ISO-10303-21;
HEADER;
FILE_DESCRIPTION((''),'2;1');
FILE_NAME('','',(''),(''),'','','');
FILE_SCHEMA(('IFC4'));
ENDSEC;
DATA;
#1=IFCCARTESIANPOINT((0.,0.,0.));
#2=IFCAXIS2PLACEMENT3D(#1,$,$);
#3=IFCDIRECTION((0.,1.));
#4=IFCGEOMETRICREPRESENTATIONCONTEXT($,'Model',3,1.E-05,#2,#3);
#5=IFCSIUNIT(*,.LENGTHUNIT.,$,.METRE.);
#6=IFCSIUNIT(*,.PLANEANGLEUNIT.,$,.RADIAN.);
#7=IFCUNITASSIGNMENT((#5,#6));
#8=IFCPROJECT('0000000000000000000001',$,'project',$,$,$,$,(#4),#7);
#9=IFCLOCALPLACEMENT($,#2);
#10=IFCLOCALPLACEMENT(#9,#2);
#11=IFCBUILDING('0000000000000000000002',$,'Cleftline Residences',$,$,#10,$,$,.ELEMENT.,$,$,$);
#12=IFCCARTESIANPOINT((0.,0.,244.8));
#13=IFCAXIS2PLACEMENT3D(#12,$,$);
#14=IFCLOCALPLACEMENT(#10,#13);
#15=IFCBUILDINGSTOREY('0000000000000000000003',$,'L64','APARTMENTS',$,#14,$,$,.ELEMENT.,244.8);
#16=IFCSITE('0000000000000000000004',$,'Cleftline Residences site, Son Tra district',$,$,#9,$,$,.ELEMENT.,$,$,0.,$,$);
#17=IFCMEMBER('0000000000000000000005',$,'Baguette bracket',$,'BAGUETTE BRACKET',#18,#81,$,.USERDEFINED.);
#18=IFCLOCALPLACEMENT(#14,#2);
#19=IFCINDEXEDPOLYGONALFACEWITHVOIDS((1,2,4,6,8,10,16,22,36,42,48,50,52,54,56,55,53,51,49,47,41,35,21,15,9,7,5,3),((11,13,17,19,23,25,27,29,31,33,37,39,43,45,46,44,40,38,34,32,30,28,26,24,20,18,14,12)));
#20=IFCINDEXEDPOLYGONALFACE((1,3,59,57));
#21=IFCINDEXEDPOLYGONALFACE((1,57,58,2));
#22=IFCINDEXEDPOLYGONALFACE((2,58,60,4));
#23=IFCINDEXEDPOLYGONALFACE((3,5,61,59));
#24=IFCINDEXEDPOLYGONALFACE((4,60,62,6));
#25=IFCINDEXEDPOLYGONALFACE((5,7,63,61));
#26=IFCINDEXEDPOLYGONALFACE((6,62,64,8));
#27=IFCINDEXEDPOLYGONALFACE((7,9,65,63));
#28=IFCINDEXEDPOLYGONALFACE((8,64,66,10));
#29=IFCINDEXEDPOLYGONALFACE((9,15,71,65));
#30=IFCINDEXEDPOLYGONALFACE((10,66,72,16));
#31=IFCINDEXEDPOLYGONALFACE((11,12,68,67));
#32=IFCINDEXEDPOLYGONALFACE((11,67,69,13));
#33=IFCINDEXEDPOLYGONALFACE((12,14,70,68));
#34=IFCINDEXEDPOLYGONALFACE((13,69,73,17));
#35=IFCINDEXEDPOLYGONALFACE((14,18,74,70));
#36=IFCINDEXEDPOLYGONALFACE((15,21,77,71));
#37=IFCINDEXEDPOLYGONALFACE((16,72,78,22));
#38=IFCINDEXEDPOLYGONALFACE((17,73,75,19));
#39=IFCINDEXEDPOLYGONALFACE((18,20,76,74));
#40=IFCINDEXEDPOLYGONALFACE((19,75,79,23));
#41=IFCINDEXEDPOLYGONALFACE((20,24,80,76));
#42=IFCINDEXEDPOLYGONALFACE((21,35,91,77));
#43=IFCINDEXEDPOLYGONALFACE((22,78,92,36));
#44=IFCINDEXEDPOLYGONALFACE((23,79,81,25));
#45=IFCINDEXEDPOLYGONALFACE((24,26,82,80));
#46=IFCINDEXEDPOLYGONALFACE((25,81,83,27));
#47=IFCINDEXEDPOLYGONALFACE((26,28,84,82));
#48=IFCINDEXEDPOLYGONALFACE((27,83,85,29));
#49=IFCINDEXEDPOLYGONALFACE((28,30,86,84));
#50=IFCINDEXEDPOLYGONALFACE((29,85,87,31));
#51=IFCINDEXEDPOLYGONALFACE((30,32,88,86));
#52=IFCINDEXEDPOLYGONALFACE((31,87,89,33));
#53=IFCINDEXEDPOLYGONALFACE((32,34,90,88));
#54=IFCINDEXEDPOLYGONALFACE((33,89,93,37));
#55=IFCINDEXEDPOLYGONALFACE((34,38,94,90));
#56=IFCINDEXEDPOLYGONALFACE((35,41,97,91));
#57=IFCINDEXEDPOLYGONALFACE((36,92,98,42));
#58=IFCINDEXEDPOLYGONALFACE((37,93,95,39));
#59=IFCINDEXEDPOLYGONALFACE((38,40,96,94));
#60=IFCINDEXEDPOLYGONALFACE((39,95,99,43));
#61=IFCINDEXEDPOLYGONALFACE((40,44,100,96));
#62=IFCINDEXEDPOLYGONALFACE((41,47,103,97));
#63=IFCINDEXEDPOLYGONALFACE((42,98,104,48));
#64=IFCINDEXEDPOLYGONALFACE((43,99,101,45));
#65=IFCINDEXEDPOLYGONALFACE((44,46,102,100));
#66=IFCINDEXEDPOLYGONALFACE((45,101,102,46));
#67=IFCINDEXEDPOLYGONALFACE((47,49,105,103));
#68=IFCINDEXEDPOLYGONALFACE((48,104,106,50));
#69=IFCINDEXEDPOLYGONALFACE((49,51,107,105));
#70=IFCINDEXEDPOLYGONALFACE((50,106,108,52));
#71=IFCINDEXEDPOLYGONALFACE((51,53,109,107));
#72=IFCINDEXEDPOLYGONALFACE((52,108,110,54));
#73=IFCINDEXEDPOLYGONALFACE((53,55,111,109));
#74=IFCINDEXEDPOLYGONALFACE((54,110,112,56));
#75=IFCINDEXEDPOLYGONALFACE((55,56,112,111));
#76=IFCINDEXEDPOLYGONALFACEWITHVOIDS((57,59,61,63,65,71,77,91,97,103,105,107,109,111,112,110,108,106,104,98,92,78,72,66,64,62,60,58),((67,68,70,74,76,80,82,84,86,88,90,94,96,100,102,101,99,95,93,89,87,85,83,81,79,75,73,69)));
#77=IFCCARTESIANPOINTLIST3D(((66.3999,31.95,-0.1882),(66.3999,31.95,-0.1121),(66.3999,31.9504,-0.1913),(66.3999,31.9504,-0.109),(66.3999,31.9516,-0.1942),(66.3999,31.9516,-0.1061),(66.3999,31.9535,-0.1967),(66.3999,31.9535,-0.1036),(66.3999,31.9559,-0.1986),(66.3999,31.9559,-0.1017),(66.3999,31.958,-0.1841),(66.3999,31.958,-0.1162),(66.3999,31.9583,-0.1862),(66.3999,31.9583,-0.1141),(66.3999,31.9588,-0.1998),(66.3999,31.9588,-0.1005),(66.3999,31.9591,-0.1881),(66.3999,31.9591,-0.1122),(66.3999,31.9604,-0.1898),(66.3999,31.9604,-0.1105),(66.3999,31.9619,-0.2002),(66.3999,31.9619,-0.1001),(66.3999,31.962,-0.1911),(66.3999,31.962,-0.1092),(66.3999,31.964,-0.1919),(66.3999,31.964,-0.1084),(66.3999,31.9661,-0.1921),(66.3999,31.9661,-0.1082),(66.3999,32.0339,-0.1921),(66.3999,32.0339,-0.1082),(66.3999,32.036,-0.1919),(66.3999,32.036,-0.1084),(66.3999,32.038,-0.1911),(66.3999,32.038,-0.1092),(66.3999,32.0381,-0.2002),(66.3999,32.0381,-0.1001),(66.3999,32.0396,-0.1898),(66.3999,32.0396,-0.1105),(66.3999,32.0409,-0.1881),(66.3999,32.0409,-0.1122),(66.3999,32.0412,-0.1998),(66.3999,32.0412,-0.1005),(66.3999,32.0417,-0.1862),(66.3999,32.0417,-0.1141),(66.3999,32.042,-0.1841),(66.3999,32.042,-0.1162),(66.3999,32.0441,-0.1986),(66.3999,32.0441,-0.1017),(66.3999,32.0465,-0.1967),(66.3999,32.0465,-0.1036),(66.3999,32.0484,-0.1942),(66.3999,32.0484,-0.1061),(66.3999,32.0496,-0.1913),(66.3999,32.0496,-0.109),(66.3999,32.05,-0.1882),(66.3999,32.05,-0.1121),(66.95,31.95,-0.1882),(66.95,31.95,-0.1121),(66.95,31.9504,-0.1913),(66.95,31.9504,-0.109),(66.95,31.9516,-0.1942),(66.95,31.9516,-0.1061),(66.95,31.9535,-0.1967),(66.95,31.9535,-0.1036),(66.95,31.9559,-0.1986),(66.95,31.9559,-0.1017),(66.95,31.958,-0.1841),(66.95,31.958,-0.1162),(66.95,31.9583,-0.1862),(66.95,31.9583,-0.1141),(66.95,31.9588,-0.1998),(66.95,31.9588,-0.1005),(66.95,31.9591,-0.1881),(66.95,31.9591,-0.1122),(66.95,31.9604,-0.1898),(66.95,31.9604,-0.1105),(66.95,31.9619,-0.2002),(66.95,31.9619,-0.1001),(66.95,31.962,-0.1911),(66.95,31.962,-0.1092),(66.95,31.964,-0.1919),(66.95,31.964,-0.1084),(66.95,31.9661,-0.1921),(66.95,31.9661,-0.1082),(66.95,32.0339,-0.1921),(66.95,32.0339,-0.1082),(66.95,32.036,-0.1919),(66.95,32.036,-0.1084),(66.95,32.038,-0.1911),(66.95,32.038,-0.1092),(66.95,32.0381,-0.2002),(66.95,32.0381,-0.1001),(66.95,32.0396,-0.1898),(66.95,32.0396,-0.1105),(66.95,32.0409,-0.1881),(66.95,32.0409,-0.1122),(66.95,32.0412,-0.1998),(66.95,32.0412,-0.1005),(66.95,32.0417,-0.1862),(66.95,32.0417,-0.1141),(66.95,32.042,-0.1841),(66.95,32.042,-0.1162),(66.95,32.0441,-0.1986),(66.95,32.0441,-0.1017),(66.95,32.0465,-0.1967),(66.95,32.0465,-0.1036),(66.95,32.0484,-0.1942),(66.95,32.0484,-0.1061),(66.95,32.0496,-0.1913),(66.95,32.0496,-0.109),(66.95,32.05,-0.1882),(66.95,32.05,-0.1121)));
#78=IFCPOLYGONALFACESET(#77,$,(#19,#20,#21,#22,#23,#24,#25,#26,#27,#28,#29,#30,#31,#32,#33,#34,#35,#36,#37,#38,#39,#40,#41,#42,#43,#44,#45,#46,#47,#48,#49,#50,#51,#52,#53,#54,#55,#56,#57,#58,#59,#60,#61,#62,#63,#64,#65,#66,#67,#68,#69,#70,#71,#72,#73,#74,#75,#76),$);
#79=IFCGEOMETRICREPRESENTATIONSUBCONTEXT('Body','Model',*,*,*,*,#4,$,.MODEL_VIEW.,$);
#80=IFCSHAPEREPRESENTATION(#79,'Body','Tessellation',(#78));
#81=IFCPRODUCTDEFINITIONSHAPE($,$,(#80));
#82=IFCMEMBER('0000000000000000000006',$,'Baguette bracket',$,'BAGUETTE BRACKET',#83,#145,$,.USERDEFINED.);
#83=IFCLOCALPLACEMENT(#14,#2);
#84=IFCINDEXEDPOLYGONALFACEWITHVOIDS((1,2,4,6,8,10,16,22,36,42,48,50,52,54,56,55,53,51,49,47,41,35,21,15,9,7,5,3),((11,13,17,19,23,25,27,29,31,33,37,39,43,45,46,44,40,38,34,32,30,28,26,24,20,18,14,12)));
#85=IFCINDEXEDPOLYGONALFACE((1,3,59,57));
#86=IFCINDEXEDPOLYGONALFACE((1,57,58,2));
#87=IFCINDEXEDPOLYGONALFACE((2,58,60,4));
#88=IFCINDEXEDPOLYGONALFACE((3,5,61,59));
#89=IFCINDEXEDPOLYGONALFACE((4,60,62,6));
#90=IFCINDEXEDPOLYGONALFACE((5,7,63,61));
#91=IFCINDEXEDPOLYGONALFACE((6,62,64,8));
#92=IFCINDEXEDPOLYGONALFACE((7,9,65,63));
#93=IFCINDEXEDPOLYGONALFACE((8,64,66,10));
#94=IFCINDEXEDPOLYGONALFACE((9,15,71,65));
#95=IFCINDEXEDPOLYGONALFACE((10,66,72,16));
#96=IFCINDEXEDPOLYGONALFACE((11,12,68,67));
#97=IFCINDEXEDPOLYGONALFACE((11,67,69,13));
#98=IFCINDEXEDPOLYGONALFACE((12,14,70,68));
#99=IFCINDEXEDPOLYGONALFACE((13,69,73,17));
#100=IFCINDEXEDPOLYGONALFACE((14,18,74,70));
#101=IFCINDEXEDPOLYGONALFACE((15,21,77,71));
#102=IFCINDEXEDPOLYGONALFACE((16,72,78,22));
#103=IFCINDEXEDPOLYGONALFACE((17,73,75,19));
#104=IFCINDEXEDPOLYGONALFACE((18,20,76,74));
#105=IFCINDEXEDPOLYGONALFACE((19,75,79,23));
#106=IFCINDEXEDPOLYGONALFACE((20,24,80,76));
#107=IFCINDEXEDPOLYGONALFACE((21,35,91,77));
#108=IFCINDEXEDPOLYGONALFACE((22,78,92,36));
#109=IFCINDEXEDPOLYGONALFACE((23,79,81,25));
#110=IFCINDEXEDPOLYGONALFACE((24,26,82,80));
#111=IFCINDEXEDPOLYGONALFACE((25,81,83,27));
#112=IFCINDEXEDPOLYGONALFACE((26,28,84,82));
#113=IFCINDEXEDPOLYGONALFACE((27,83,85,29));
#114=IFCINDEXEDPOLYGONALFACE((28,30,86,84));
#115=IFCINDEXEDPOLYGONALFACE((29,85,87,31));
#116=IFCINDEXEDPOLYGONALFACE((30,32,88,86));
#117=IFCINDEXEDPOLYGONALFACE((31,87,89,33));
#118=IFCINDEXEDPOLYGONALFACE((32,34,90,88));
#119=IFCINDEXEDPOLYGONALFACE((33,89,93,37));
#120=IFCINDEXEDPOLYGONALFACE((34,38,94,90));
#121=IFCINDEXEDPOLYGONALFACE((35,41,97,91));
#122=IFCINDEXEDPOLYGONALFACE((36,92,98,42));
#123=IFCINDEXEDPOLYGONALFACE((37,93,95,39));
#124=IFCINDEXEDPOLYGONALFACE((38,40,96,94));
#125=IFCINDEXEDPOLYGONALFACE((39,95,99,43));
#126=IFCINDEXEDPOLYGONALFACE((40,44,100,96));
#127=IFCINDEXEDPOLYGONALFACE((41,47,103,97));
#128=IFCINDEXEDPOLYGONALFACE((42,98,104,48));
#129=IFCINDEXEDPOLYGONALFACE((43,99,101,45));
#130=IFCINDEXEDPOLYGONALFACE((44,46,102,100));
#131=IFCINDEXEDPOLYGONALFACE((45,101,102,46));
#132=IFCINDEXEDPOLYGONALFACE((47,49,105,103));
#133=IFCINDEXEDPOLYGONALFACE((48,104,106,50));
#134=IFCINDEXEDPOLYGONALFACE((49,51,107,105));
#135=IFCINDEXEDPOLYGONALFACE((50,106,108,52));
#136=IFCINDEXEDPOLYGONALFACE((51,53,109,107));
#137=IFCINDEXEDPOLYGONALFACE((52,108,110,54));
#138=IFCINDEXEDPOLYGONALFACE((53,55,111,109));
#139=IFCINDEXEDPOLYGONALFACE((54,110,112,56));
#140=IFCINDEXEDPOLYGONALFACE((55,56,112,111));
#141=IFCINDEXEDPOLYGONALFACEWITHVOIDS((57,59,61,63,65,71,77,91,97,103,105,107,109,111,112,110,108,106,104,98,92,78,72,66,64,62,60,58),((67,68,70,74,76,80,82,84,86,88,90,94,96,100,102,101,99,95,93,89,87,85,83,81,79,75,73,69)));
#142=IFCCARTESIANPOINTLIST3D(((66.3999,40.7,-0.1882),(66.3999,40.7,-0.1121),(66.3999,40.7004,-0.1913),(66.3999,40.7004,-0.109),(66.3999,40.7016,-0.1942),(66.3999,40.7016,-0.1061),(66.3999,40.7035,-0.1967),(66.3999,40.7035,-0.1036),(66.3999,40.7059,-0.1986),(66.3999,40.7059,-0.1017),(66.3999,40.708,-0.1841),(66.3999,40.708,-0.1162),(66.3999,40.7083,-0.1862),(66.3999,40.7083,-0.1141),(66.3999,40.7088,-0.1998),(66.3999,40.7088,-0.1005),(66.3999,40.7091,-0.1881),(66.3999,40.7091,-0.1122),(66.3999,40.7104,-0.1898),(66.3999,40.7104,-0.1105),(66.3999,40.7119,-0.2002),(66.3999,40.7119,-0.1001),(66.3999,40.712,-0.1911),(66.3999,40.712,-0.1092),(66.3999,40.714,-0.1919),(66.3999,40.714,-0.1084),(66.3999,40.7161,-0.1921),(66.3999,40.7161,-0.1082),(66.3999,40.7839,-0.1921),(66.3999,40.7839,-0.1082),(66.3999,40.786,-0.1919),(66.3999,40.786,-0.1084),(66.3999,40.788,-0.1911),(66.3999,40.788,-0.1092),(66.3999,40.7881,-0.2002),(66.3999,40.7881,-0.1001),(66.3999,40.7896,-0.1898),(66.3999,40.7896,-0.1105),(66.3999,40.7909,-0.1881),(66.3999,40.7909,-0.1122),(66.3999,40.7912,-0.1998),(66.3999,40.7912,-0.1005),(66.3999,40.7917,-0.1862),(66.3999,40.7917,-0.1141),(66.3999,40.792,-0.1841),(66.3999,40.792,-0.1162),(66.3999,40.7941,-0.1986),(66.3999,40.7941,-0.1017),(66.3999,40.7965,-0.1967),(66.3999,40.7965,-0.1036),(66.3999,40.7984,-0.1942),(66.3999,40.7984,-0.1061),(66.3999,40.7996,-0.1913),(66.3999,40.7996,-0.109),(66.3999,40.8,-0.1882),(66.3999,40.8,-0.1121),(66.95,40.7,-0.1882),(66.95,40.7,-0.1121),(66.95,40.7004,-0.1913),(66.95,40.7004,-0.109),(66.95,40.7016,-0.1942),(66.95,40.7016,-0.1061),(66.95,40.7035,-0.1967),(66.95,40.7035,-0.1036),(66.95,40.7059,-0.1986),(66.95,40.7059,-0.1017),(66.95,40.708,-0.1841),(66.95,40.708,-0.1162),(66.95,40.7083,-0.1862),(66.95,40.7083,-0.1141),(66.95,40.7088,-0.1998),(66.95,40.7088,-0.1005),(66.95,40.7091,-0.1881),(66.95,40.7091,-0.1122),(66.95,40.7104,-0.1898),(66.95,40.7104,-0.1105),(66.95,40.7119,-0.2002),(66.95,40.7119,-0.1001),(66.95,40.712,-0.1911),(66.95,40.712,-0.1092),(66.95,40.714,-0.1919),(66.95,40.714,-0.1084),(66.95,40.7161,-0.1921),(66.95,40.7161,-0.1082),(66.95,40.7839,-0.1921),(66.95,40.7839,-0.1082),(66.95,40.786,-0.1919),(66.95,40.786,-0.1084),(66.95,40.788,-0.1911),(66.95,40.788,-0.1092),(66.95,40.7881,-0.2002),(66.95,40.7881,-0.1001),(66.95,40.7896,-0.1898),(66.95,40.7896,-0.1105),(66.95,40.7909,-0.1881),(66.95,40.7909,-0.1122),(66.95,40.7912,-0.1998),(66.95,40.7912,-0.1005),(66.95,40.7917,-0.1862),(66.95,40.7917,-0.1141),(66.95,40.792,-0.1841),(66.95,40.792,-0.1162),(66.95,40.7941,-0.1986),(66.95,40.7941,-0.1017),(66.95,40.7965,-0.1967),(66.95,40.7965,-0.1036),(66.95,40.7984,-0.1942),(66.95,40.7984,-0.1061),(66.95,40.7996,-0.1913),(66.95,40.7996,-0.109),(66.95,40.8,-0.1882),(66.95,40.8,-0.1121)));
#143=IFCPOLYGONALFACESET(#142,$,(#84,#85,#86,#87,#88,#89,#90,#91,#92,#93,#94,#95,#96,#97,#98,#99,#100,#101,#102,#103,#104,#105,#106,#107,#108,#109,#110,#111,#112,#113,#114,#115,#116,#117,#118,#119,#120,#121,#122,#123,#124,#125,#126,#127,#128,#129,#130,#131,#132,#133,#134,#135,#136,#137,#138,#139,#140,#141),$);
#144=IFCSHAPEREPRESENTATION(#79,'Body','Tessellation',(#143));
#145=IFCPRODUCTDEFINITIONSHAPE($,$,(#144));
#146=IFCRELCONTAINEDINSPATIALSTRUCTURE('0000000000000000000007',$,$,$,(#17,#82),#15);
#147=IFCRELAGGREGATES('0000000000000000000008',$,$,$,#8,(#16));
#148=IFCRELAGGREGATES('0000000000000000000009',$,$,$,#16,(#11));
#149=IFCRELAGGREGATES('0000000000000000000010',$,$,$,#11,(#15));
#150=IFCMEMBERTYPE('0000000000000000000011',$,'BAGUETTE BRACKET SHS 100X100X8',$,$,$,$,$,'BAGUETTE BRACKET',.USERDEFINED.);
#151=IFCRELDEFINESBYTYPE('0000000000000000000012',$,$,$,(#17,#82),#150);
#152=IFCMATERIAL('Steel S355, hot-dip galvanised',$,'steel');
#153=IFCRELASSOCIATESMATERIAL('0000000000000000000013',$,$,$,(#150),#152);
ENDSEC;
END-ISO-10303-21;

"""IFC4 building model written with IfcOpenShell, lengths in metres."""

from ifc_helpers import new_model, si_unit, direction, frame, origin, origin_2d, place, context, subcontext, project, spatial, hollow_rectangle, extrude, material, material_profile, profile_set, type_object, element, save


model = new_model("IFC4")

# Units and contexts
model_context = context("Model", 3, precision=1e-05, world=origin(), true_north=direction((0.0, 1.0)))
body_context = subcontext(model_context, "Body", "Model", "MODEL_VIEW")
ifc_project = project(units=[si_unit("LENGTHUNIT", "METRE"), si_unit("PLANEANGLEUNIT", "RADIAN")], contexts=[model_context])

# Site, building, storey
site_placement = place(None, origin())
site = spatial("IfcSite", under=ifc_project, at=site_placement, Name="Cleftline Residences site, Son Tra district", CompositionType="ELEMENT", RefElevation=0.0)
building_placement = place(site_placement, origin())
building = spatial("IfcBuilding", under=site, at=building_placement, Name="Cleftline Residences", CompositionType="ELEMENT")
storey_placement = place(building_placement, frame((0.0, 0.0, 244.8)))
storey = spatial("IfcBuildingStorey", under=building, at=storey_placement, Name="L64", Description="APARTMENTS", CompositionType="ELEMENT", Elevation=244.8)

# Members
ifc_material_1 = material(Name="Steel S355, hot-dip galvanised", Category="steel")
ifc_material_profile_1 = material_profile(ifc_material_1, hollow_rectangle(XDim=0.1001, YDim=0.1001, WallThickness=0.0081, InnerFilletRadius=0.0081, OuterFilletRadius=0.012, at=origin_2d()))
ifc_profile_set_1 = profile_set([ifc_material_profile_1], Name="Steel S355, hot-dip galvanised")
member_type_1 = type_object("IfcMemberType", Name="BAGUETTE BRACKET SHS 100X100X8", ElementType="BAGUETTE BRACKET", PredefinedType="USERDEFINED", material=ifc_profile_set_1)
for number, where, z_axis, x_axis, name in (
    (1, (66.3999, 32.0, -0.1501), (1.0, 0.0, 0.0), (0.0, 1.0, 0.0), "Baguette bracket"),
    (2, (66.3999, 40.75, -0.1501), (1.0, 0.0, 0.0), (0.0, 1.0, 0.0), "Baguette bracket"),
):
    element("IfcMember", number, at=place(storey_placement, frame(where, z_axis=z_axis, x_axis=x_axis)), inside=storey, type_object=member_type_1, Name=name, ObjectType="BAGUETTE BRACKET", PredefinedType="USERDEFINED", context=body_context, shape_type="SweptSolid", body=[
        extrude(hollow_rectangle(XDim=0.1001, YDim=0.1001, WallThickness=0.0081, InnerFilletRadius=0.0081, OuterFilletRadius=0.012, at=origin_2d()), origin(), (0.0, 0.0, 1.0), 0.55),
    ])

save(model, "model.ifc")
